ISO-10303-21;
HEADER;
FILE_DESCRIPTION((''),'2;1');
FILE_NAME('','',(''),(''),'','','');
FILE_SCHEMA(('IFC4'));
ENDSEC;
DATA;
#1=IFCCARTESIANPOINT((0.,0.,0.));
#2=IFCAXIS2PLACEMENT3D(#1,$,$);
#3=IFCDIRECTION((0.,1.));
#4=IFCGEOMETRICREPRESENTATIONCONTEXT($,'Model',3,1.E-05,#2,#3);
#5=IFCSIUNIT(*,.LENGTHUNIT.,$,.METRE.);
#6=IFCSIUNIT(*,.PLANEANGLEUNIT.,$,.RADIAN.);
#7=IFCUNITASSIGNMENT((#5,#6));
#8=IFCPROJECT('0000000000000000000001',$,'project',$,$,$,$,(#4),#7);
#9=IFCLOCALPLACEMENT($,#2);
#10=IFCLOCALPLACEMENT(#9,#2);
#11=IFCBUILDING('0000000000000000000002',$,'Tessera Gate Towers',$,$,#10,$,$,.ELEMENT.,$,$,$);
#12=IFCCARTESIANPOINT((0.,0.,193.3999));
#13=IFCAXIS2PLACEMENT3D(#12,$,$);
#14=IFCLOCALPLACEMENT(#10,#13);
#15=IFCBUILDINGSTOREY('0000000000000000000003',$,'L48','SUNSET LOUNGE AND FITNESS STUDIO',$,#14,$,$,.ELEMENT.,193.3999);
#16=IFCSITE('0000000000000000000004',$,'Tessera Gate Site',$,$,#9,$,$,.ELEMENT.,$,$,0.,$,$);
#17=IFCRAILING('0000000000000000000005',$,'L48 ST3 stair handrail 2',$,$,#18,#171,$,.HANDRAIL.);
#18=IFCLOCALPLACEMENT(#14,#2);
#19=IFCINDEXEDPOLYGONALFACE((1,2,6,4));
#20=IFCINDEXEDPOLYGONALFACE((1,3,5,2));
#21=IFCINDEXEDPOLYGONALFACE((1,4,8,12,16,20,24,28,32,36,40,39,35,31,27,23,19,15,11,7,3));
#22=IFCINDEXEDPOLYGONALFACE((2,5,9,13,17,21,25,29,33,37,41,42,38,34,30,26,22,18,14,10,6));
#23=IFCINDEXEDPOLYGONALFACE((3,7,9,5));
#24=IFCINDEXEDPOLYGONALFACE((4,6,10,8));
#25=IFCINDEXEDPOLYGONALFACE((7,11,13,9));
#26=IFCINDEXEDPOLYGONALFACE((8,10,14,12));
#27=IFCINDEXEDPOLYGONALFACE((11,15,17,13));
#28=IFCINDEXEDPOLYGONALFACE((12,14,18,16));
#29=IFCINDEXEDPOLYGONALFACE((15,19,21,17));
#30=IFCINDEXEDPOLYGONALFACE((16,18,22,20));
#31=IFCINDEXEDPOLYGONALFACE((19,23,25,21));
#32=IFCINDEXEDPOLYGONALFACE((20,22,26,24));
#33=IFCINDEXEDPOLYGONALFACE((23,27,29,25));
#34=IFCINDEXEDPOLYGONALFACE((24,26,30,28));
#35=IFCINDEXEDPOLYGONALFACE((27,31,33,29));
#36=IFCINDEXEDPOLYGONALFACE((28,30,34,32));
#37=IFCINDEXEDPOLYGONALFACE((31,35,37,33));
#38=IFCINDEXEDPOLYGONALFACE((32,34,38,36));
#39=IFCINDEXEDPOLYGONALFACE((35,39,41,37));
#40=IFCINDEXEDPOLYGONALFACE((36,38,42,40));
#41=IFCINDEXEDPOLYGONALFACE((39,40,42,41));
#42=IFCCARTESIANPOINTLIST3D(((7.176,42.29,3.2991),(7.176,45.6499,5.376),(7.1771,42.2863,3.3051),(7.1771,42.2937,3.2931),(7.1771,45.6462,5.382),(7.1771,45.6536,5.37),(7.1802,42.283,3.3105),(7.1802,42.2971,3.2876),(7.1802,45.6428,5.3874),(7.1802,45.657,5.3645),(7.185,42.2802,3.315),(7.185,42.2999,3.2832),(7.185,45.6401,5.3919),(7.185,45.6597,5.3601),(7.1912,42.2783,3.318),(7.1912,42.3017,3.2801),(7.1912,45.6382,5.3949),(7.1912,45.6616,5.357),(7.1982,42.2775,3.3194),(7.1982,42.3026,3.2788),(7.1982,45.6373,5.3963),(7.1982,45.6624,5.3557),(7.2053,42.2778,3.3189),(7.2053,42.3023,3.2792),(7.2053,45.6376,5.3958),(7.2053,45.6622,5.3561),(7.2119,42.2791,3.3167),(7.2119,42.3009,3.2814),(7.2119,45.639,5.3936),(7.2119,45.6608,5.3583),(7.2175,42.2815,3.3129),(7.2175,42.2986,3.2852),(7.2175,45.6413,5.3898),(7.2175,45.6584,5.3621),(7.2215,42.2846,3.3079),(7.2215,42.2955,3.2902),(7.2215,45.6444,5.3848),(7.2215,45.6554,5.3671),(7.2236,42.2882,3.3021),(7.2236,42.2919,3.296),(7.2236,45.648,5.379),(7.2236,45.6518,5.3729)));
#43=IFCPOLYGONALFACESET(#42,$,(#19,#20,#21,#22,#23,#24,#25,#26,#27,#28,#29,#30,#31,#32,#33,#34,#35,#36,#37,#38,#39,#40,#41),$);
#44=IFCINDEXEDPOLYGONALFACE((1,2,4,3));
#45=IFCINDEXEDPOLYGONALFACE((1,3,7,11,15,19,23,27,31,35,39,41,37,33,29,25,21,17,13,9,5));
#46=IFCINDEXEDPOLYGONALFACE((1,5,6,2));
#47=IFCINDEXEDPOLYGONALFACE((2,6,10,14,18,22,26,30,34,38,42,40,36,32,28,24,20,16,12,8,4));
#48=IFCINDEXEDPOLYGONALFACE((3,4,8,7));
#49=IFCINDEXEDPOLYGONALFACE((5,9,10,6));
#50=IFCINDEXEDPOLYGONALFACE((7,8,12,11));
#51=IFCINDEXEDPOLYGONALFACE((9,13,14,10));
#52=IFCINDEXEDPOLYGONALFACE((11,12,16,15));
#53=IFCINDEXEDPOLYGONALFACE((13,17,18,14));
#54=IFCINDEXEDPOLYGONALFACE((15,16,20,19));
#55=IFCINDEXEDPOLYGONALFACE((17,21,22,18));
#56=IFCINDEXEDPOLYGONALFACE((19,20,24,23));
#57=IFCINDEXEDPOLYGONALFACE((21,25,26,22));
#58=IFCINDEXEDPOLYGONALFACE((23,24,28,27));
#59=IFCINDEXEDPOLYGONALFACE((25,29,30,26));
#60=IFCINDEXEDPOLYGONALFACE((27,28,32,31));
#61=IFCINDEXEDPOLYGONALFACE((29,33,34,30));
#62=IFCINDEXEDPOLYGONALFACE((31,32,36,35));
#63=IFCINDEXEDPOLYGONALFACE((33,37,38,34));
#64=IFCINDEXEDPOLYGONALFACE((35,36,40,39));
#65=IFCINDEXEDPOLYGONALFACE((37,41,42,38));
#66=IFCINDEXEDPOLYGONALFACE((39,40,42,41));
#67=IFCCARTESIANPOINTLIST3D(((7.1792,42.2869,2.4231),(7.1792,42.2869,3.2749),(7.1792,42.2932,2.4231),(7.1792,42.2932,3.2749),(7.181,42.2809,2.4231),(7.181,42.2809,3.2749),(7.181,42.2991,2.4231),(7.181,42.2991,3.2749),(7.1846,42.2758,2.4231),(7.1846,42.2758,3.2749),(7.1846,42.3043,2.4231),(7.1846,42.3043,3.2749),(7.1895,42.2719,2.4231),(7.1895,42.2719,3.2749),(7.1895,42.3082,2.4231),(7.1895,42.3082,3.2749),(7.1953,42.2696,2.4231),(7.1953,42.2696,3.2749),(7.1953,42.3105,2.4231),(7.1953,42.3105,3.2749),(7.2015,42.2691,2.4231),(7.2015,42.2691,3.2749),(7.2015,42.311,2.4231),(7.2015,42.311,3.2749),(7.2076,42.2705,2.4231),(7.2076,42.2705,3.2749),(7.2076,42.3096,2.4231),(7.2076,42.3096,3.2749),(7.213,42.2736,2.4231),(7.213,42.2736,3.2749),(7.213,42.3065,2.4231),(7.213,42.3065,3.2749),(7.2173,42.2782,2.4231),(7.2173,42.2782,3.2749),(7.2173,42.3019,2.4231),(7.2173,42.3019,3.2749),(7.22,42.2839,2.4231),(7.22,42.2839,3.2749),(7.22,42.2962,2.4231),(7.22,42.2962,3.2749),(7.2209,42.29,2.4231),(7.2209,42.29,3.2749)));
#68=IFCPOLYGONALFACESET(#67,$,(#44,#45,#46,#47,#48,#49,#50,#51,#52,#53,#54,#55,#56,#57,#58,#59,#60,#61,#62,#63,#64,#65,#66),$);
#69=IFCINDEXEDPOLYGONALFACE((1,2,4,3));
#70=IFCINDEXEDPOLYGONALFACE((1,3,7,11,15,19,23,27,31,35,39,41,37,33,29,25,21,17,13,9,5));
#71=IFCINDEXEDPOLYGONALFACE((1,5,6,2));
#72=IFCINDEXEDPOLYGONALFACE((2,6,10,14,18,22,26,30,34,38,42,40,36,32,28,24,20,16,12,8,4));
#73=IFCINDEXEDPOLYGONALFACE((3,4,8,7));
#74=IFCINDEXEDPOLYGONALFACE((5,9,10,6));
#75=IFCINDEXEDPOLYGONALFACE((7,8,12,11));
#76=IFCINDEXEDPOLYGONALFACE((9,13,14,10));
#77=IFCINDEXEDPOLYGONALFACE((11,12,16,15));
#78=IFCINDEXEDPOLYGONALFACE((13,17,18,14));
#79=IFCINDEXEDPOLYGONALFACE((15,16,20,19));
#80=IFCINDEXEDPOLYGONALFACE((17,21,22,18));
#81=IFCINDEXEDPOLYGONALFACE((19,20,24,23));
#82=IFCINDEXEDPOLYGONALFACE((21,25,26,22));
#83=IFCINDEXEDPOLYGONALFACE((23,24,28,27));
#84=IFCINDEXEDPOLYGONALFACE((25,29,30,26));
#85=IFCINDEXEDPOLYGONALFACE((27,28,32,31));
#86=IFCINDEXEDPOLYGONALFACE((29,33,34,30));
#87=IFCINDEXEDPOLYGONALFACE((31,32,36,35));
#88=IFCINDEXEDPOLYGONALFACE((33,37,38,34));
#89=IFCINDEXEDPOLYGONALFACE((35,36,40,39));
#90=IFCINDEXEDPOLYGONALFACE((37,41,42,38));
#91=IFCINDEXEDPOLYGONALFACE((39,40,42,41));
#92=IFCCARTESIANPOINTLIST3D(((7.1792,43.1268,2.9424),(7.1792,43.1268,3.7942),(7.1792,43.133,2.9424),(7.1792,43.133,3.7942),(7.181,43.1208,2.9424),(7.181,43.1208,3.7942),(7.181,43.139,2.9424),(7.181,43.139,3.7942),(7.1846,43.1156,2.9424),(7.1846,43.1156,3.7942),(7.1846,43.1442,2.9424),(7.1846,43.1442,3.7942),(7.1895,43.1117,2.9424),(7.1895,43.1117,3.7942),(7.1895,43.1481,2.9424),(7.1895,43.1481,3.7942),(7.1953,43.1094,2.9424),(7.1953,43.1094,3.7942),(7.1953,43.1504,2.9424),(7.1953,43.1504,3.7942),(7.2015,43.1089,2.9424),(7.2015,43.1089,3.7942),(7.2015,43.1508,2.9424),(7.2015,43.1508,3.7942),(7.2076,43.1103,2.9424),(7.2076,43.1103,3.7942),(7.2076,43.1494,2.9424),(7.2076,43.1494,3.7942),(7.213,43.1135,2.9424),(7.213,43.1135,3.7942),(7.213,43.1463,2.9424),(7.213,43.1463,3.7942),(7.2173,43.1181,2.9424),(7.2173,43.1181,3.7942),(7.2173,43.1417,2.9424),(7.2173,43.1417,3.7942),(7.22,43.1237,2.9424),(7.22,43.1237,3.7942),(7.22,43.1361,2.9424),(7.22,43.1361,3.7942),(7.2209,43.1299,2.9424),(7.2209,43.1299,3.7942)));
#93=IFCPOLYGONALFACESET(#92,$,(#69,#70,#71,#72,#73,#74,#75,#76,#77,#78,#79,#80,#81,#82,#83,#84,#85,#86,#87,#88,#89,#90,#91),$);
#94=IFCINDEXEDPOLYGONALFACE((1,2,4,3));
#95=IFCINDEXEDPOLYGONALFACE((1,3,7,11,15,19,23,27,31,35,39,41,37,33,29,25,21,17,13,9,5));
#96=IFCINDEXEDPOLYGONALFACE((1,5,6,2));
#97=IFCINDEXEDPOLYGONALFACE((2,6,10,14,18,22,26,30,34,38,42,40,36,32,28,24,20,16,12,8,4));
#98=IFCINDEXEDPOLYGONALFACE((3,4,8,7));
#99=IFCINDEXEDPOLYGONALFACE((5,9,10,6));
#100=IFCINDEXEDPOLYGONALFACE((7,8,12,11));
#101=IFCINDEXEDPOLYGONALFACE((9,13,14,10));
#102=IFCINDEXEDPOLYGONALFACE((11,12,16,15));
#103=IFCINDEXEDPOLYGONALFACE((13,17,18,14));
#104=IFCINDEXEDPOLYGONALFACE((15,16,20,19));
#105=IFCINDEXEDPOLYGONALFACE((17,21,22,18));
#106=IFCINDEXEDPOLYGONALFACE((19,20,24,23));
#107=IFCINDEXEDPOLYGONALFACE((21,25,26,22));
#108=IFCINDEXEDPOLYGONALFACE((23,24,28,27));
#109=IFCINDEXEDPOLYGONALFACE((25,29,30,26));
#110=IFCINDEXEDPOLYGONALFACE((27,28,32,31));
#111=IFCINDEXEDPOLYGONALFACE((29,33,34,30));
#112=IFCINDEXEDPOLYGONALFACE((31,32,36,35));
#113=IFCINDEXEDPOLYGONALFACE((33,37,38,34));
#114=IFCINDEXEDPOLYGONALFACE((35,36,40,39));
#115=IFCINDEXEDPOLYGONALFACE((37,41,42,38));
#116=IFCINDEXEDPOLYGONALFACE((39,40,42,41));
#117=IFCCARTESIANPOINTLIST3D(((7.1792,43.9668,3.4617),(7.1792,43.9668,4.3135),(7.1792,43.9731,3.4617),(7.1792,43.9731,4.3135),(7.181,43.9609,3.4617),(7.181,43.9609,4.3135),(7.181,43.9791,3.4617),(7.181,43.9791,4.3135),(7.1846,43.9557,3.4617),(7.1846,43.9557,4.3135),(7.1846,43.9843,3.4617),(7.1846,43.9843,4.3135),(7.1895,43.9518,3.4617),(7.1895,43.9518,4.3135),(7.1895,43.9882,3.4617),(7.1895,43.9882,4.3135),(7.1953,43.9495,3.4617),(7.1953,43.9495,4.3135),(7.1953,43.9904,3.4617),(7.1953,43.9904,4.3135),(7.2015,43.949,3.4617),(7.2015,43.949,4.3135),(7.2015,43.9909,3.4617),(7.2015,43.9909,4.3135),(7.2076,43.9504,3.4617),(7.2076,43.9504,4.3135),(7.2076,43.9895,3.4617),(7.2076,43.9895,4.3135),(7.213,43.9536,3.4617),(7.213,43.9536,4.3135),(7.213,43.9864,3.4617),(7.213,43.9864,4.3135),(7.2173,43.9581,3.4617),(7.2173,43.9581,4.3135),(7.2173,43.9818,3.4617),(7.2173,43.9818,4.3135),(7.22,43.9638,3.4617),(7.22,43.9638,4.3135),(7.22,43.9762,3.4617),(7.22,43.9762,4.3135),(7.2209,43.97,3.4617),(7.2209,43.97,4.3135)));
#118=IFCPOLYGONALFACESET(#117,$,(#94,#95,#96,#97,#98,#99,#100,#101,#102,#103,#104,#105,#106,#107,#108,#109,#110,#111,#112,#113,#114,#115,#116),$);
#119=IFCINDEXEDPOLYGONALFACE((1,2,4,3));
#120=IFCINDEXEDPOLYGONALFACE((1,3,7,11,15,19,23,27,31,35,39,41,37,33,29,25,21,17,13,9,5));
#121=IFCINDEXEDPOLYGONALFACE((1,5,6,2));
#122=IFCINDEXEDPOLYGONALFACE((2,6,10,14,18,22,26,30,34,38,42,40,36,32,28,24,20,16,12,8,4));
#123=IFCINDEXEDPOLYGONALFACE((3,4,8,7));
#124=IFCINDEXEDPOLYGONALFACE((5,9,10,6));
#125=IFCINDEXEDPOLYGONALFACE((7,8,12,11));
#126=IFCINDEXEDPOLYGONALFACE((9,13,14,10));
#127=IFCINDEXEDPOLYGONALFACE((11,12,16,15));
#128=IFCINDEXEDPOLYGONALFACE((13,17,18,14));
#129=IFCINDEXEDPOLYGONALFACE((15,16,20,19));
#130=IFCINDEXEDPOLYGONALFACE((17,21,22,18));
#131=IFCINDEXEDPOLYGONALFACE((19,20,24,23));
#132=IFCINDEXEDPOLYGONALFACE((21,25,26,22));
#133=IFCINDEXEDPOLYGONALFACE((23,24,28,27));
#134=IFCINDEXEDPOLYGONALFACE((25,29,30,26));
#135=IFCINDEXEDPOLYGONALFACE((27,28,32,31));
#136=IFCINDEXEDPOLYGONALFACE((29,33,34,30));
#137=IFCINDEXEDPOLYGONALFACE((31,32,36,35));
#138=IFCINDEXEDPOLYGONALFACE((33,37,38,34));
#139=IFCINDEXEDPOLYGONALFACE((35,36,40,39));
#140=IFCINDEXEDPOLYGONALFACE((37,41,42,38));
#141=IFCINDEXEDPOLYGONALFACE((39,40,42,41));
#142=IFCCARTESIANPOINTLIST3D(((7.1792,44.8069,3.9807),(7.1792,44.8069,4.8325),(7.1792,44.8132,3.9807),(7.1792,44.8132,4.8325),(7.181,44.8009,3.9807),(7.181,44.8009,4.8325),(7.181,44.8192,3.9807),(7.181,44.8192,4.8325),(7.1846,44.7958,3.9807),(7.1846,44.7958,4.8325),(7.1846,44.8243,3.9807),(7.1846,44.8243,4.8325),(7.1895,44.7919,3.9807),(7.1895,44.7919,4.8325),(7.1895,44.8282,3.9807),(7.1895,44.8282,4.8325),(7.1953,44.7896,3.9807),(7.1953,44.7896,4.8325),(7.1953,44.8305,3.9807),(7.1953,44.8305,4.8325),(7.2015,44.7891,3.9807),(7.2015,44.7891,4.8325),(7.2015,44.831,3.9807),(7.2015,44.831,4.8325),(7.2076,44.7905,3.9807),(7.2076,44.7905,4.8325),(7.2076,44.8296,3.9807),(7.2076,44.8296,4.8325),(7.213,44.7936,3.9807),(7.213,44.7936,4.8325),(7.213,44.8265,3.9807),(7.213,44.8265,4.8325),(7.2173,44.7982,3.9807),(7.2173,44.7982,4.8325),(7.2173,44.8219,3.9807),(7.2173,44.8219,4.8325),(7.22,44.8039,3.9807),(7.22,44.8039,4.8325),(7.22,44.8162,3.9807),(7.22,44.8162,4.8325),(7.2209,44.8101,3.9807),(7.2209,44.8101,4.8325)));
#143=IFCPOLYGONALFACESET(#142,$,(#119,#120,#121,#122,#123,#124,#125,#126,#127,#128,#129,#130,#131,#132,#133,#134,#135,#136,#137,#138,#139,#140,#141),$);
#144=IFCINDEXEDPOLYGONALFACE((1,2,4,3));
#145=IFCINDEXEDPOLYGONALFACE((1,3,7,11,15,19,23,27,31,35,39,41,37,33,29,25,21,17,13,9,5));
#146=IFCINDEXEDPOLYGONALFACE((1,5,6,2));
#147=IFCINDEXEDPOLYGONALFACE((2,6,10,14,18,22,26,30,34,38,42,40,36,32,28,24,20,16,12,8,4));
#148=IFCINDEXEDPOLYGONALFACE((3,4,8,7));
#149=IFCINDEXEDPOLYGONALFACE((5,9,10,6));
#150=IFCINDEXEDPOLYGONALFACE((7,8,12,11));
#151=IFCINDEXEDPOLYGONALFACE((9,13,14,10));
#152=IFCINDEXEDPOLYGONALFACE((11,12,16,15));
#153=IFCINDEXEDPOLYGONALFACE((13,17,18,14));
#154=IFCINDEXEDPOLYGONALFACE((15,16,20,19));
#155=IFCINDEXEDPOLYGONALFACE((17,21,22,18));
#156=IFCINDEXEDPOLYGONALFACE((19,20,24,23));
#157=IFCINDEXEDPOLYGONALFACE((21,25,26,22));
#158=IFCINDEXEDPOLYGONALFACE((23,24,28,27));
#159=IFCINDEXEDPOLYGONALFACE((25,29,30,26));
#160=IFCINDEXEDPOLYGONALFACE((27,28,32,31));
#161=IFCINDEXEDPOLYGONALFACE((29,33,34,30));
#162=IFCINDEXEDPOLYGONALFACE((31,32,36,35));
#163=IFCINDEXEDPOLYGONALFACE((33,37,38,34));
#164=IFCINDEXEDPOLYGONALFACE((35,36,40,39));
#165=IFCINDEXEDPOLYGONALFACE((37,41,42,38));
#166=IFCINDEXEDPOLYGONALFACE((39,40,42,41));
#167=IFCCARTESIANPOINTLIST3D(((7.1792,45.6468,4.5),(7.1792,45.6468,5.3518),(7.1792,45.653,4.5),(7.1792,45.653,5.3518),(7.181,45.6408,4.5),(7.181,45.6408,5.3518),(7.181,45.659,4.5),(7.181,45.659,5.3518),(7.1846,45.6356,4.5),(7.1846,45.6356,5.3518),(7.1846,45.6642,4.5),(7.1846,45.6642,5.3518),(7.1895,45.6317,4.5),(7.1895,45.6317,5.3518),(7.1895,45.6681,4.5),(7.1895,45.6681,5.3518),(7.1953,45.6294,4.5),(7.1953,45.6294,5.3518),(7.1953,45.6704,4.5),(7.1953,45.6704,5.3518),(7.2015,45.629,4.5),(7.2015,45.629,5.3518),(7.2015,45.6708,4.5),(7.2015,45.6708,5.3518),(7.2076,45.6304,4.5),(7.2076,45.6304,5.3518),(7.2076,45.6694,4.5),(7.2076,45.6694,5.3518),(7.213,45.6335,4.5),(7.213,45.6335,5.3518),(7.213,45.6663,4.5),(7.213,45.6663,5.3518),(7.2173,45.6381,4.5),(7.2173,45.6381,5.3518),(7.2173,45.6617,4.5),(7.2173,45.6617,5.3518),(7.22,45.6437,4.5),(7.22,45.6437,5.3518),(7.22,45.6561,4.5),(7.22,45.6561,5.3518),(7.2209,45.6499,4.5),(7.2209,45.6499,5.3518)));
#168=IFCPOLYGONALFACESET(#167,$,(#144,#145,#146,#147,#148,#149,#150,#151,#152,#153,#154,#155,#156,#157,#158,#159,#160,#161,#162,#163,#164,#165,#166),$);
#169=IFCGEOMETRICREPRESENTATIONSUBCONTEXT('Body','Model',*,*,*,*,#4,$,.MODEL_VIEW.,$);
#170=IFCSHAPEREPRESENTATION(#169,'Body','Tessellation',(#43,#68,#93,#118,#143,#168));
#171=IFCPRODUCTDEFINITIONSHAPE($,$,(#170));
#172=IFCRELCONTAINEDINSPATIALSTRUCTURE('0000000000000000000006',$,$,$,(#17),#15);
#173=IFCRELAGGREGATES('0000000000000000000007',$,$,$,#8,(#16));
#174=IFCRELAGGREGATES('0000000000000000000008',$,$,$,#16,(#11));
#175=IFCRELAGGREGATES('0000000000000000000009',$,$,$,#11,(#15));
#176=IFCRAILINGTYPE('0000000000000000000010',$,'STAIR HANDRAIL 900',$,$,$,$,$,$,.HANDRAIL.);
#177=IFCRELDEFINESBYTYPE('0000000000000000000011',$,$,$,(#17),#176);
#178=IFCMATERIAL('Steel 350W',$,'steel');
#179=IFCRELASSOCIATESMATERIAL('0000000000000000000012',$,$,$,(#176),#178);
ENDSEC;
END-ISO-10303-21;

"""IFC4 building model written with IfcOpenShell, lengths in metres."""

from ifc_helpers import new_model, si_unit, direction, frame, origin, origin_2d, place, context, subcontext, project, spatial, circle, extrude, material, type_object, element, save


model = new_model("IFC4")

# Units and contexts
model_context = context("Model", 3, precision=1e-05, world=origin(), true_north=direction((0.0, 1.0)))
body_context = subcontext(model_context, "Body", "Model", "MODEL_VIEW")
ifc_project = project(units=[si_unit("LENGTHUNIT", "METRE"), si_unit("PLANEANGLEUNIT", "RADIAN")], contexts=[model_context])

# Site, building, storey
site_placement = place(None, origin())
site = spatial("IfcSite", under=ifc_project, at=site_placement, Name="Tessera Gate Site", CompositionType="ELEMENT", RefElevation=0.0)
building_placement = place(site_placement, origin())
building = spatial("IfcBuilding", under=site, at=building_placement, Name="Tessera Gate Towers", CompositionType="ELEMENT")
storey_placement = place(building_placement, frame((0.0, 0.0, 193.3999)))
storey = spatial("IfcBuildingStorey", under=building, at=storey_placement, Name="L48", Description="SUNSET LOUNGE AND FITNESS STUDIO", CompositionType="ELEMENT", Elevation=193.3999)

# Railing
ifc_material_1 = material(Name="Steel 350W", Category="steel")
railing_type_1 = type_object("IfcRailingType", Name="STAIR HANDRAIL 900", PredefinedType="HANDRAIL", material=ifc_material_1)
railing_1_placement = place(storey_placement, frame((7.2, 42.29, 2.4231)))
element("IfcRailing", 1, at=railing_1_placement, inside=storey, type_object=railing_type_1, Name="L48 ST3 stair handrail 2", PredefinedType="HANDRAIL", context=body_context, shape_type="SweptSolid", body=[
    extrude(circle(Radius=0.0239, at=origin_2d()), frame((0.0, 0.0, 0.876), z_axis=(0.0, 0.850606, 0.525803), x_axis=(-1.0, 0.0, 0.0)), (0.0, 0.0, 1.0), 3.95),
    extrude(circle(Radius=0.021, at=origin_2d()), origin(), (0.0, 0.0, 1.0), 0.8518),
    extrude(circle(Radius=0.021, at=origin_2d()), frame((0.0, 0.8398, 0.5193)), (0.0, 0.0, 1.0), 0.8518),
    extrude(circle(Radius=0.021, at=origin_2d()), frame((0.0, 1.6799, 1.0386)), (0.0, 0.0, 1.0), 0.8518),
    extrude(circle(Radius=0.021, at=origin_2d()), frame((0.0, 2.52, 1.5576)), (0.0, 0.0, 1.0), 0.8518),
    extrude(circle(Radius=0.021, at=origin_2d()), frame((0.0, 3.3599, 2.0769)), (0.0, 0.0, 1.0), 0.8518),
])

save(model, "model.ifc")
